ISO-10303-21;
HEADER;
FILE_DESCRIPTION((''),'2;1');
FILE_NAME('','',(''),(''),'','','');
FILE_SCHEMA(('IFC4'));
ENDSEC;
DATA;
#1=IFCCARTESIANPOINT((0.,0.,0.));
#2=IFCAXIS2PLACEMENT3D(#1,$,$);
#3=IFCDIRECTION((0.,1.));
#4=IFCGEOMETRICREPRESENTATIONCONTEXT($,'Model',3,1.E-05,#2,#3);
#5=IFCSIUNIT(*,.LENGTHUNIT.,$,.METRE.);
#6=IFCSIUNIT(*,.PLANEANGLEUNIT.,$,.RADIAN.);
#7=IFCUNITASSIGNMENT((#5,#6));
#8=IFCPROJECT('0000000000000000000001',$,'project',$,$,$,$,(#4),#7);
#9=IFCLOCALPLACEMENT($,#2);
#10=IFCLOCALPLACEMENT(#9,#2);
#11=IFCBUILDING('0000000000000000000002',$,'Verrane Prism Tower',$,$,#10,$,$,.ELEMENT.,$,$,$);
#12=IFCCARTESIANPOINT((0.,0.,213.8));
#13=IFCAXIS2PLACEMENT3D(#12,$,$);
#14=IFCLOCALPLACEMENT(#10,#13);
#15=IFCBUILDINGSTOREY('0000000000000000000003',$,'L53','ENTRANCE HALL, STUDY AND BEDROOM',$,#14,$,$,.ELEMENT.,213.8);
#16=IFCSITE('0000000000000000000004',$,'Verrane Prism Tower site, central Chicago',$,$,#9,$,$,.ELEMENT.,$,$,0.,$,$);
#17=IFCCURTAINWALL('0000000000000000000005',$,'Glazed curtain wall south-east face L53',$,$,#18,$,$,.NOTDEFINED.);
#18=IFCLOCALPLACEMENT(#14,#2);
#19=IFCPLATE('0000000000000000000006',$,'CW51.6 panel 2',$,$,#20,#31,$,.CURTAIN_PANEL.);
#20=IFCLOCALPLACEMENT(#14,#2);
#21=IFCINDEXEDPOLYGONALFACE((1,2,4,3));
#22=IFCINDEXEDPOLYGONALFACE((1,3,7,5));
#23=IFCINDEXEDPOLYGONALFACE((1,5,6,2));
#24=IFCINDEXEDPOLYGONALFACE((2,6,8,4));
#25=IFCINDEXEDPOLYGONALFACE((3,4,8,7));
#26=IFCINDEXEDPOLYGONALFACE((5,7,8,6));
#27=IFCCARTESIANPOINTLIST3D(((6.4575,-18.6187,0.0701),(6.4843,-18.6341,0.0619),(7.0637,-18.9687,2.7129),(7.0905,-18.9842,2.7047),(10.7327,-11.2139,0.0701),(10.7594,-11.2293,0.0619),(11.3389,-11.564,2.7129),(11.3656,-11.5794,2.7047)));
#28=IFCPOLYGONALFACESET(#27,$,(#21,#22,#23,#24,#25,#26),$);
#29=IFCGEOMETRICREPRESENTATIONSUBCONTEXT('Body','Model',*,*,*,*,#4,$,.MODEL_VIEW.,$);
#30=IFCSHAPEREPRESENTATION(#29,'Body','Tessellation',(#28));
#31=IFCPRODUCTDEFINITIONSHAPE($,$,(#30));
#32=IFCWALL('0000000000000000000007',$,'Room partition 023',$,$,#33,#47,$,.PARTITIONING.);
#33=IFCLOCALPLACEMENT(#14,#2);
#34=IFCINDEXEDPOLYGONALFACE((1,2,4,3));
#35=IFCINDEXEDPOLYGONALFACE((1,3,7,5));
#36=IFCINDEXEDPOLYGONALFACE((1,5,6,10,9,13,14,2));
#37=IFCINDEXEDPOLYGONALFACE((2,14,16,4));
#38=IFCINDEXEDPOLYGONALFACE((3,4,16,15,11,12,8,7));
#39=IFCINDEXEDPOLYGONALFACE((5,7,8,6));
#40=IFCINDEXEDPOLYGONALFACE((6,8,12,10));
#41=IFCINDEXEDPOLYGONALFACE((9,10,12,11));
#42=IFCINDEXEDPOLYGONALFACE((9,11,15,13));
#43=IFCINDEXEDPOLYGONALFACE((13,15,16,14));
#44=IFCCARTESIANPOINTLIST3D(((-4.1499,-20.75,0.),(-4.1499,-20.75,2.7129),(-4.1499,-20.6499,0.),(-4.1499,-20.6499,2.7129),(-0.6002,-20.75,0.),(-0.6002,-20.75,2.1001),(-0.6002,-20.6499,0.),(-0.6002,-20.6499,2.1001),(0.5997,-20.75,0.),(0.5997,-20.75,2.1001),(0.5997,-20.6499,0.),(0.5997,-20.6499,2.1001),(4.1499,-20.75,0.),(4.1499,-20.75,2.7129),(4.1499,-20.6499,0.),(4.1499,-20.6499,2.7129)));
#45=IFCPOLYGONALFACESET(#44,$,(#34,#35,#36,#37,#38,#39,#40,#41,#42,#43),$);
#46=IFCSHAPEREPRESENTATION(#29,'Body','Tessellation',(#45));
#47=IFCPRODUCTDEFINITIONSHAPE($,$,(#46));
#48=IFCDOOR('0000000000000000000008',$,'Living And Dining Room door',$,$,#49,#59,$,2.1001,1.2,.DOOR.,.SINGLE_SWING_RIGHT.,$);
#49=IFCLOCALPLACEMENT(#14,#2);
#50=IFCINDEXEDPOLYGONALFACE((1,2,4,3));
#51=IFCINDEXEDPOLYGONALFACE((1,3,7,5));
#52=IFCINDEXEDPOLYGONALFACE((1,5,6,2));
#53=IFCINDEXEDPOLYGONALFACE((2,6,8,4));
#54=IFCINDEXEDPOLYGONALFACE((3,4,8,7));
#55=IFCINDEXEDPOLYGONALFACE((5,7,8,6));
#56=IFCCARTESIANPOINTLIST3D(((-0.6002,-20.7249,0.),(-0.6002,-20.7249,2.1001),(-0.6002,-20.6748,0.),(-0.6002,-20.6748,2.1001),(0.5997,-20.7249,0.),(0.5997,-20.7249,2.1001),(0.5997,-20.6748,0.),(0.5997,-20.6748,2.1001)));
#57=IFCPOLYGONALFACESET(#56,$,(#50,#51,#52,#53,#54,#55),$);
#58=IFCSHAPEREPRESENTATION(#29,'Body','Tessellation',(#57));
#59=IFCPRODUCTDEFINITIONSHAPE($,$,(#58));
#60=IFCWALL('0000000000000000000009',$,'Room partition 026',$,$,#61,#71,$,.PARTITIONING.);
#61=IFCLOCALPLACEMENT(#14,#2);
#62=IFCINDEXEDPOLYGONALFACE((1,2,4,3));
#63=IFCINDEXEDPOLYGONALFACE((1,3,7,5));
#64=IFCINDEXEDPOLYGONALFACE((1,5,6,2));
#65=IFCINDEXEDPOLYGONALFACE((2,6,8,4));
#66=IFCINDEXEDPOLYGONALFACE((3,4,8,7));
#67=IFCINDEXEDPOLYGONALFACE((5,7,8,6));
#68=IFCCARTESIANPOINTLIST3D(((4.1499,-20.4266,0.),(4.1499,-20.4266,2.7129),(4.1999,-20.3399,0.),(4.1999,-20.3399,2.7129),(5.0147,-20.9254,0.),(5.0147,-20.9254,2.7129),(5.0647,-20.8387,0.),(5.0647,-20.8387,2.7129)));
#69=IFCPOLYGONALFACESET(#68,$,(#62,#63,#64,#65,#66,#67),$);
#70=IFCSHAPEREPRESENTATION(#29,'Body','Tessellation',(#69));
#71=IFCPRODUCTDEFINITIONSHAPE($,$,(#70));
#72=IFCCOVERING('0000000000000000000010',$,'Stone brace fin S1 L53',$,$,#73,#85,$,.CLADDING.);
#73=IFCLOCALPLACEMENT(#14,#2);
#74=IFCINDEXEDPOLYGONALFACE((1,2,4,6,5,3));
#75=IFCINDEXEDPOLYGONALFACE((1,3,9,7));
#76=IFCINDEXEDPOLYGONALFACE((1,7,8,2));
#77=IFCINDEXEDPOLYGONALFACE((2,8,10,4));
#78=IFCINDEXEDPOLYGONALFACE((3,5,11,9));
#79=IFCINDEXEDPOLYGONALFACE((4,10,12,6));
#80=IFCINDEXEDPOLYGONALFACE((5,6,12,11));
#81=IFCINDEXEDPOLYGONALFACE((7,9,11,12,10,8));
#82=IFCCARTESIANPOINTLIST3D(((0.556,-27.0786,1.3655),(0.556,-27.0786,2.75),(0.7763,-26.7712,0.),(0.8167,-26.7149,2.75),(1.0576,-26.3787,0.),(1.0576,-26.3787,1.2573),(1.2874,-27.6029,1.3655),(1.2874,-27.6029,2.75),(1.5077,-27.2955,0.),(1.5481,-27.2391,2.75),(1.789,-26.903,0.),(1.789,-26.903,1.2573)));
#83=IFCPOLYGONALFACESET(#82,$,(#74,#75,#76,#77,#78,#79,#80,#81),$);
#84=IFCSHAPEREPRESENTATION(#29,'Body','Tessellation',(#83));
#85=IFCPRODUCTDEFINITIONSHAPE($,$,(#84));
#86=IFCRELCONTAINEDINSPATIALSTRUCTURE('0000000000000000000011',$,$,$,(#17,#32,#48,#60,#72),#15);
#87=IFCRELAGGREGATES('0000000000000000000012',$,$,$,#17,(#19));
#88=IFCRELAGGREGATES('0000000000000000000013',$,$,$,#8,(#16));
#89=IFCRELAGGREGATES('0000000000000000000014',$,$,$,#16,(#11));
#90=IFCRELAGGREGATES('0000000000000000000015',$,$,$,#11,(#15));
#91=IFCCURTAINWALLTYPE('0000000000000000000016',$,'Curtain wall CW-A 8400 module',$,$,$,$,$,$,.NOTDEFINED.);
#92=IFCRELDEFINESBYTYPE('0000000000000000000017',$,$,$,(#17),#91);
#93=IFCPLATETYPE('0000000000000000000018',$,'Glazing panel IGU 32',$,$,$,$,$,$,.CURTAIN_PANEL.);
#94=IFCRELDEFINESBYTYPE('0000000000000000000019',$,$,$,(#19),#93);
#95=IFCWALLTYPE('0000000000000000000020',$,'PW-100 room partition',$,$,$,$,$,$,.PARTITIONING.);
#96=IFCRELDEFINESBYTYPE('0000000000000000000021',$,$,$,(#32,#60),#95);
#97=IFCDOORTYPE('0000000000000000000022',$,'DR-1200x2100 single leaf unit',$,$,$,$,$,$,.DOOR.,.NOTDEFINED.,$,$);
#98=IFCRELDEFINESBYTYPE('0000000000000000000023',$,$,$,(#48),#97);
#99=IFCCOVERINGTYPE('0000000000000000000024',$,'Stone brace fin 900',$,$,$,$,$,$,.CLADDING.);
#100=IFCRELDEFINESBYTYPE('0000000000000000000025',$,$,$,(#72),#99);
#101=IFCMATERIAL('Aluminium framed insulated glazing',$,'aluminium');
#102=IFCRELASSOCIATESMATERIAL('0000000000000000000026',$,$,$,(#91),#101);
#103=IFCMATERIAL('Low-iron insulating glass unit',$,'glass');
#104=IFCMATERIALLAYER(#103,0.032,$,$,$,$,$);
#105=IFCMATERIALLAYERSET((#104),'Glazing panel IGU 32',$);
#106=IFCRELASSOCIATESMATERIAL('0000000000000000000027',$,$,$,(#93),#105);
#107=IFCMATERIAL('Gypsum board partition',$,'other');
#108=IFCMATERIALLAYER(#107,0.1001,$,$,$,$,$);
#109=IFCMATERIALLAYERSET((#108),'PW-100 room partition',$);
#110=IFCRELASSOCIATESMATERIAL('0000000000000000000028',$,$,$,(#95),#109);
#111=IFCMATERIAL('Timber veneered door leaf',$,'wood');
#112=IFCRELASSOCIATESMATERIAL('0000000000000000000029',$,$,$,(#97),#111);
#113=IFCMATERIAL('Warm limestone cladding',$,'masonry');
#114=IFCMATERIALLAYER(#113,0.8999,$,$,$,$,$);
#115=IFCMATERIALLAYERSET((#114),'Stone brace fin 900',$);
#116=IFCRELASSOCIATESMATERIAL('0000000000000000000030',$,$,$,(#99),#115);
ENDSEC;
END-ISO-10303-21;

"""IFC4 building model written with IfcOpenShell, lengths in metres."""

from ifc_helpers import new_model, si_unit, direction, frame, frame_2d, origin, place, context, subcontext, project, spatial, polyline, rectangle, outline, extrude, material, layer, layer_set, type_object, element, fill, aggregate, save


model = new_model("IFC4")

# Units and contexts
model_context = context("Model", 3, precision=1e-05, world=origin(), true_north=direction((0.0, 1.0)))
body_context = subcontext(model_context, "Body", "Model", "MODEL_VIEW")
ifc_project = project(units=[si_unit("LENGTHUNIT", "METRE"), si_unit("PLANEANGLEUNIT", "RADIAN")], contexts=[model_context])

# Site, building, storey
site_placement = place(None, origin())
site = spatial("IfcSite", under=ifc_project, at=site_placement, Name="Verrane Prism Tower site, central Chicago", CompositionType="ELEMENT", RefElevation=0.0)
building_placement = place(site_placement, origin())
building = spatial("IfcBuilding", under=site, at=building_placement, Name="Verrane Prism Tower", CompositionType="ELEMENT")
storey_placement = place(building_placement, frame((0.0, 0.0, 213.8)))
storey = spatial("IfcBuildingStorey", under=building, at=storey_placement, Name="L53", Description="ENTRANCE HALL, STUDY AND BEDROOM", CompositionType="ELEMENT", Elevation=213.8)

# Curtain wall
ifc_material_1 = material(Name="Aluminium framed insulated glazing", Category="aluminium")
curtain_wall_type = type_object("IfcCurtainWallType", Name="Curtain wall CW-A 8400 module", PredefinedType="NOTDEFINED", material=ifc_material_1)
curtain_wall_placement = place(storey_placement, origin())
curtain_wall = element("IfcCurtainWall", 1, at=curtain_wall_placement, inside=storey, type_object=curtain_wall_type, Name="Glazed curtain wall south-east face L53", PredefinedType="NOTDEFINED")

# Plate
ifc_material_2 = material(Name="Low-iron insulating glass unit", Category="glass")
ifc_layer_1 = layer(ifc_material_2, 0.032)
ifc_layer_set_1 = layer_set([ifc_layer_1], Name="Glazing panel IGU 32")
plate_type = type_object("IfcPlateType", Name="Glazing panel IGU 32", PredefinedType="CURTAIN_PANEL", material=ifc_layer_set_1)
plate_1_placement = place(storey_placement, frame((6.4575, -18.6187, 0.0701), z_axis=(-0.837155, 0.483331, 0.256051), x_axis=(0.499999, 0.866026, 0.0)))
plate_1 = element("IfcPlate", 2, at=plate_1_placement, type_object=plate_type, Name="CW51.6 panel 2", PredefinedType="CURTAIN_PANEL", context=body_context, shape_type="SweptSolid", body=[
    extrude(outline(polyline([(0.0, 0.0), (8.5503, 0.0), (8.5502, -2.734), (-0.0001, -2.734), (0.0, 0.0)])), origin(), (0.0, 0.0, -1.0), 0.032),
])
aggregate(curtain_wall, [plate_1])

# Wall, opening, door
ifc_material_3 = material(Name="Gypsum board partition", Category="other")
ifc_layer_2 = layer(ifc_material_3, 0.1001)
ifc_layer_set_2 = layer_set([ifc_layer_2], Name="PW-100 room partition")
wall_type = type_object("IfcWallType", Name="PW-100 room partition", PredefinedType="PARTITIONING", material=ifc_layer_set_2)
wall_1_placement = place(storey_placement, frame((4.1499, -20.7, 0.0), z_axis=(0.0, 0.0, 1.0), x_axis=(-1.0, 0.0, 0.0)))
wall_1 = element("IfcWall", 3, at=wall_1_placement, inside=storey, type_object=wall_type, Name="Room partition 023", PredefinedType="PARTITIONING", context=body_context, shape_type="SweptSolid", body=[
    extrude(rectangle(XDim=8.2998, YDim=0.1001, at=frame_2d((4.1499, 0.0))), origin(), (0.0, 0.0, 1.0), 2.7129),
])
opening_placement = place(wall_1_placement, frame((3.55, 0.0, 0.0)))
opening = element("IfcOpeningElement", 4, at=opening_placement, cuts=wall_1, PredefinedType="OPENING", context=body_context, shape_type="SweptSolid", body=[
    extrude(rectangle(XDim=1.2, YDim=2.1001, at=frame_2d((0.6001, 1.05))), frame((0.0, 0.0601, 0.0), z_axis=(0.0, -1.0, 0.0), x_axis=(1.0, 0.0, 0.0)), (0.0, 0.0, 1.0), 0.1201),
])
ifc_material_4 = material(Name="Timber veneered door leaf", Category="wood")
door_type = type_object("IfcDoorType", Name="DR-1200x2100 single leaf unit", OperationType="NOTDEFINED", PredefinedType="DOOR", material=ifc_material_4)
door_placement = place(opening_placement, origin())
door = element("IfcDoor", 5, at=door_placement, inside=storey, type_object=door_type, Name="Living And Dining Room door", OperationType="SINGLE_SWING_RIGHT", OverallHeight=2.1001, OverallWidth=1.2, PredefinedType="DOOR", context=body_context, shape_type="SweptSolid", body=[
    extrude(rectangle(XDim=1.2, YDim=2.1001, at=frame_2d((0.6001, 1.05))), frame((0.0, 0.0249, 0.0), z_axis=(0.0, -1.0, 0.0), x_axis=(1.0, 0.0, 0.0)), (0.0, 0.0, 1.0), 0.05),
])
fill(opening, door)

# Wall
wall_2_placement = place(storey_placement, frame((4.175, -20.3833, 0.0), z_axis=(0.0, 0.0, 1.0), x_axis=(0.866234, -0.499638, 0.0)))
element("IfcWall", 6, at=wall_2_placement, inside=storey, type_object=wall_type, Name="Room partition 026", PredefinedType="PARTITIONING", context=body_context, shape_type="SweptSolid", body=[
    extrude(rectangle(XDim=0.9983, YDim=0.1001, at=frame_2d((0.499, 0.0))), origin(), (0.0, 0.0, 1.0), 2.7129),
])

# Covering
ifc_material_5 = material(Name="Warm limestone cladding", Category="masonry")
ifc_layer_3 = layer(ifc_material_5, 0.8999)
ifc_layer_set_3 = layer_set([ifc_layer_3], Name="Stone brace fin 900")
covering_type = type_object("IfcCoveringType", Name="Stone brace fin 900", PredefinedType="CLADDING", material=ifc_layer_set_3)
covering_placement = place(storey_placement, frame((1.4233, -26.6409, 0.0), z_axis=(0.0, 0.0, 1.0), x_axis=(-0.582578, -0.812775, 0.0)))
element("IfcCovering", 7, at=covering_placement, inside=storey, type_object=covering_type, Name="Stone brace fin S1 L53", PredefinedType="CLADDING", context=body_context, shape_type="SweptSolid", body=[
    extrude(outline(polyline([(0.8611, 2.75), (0.4136, 2.75), (0.0, 1.2573), (0.0, 0.0), (0.4829, 0.0), (0.8611, 1.3655), (0.8611, 2.75)])), frame((0.0, 0.45, 0.0), z_axis=(0.0, -1.0, 0.0), x_axis=(1.0, 0.0, 0.0)), (0.0, 0.0, 1.0), 0.8999),
])

save(model, "model.ifc")
